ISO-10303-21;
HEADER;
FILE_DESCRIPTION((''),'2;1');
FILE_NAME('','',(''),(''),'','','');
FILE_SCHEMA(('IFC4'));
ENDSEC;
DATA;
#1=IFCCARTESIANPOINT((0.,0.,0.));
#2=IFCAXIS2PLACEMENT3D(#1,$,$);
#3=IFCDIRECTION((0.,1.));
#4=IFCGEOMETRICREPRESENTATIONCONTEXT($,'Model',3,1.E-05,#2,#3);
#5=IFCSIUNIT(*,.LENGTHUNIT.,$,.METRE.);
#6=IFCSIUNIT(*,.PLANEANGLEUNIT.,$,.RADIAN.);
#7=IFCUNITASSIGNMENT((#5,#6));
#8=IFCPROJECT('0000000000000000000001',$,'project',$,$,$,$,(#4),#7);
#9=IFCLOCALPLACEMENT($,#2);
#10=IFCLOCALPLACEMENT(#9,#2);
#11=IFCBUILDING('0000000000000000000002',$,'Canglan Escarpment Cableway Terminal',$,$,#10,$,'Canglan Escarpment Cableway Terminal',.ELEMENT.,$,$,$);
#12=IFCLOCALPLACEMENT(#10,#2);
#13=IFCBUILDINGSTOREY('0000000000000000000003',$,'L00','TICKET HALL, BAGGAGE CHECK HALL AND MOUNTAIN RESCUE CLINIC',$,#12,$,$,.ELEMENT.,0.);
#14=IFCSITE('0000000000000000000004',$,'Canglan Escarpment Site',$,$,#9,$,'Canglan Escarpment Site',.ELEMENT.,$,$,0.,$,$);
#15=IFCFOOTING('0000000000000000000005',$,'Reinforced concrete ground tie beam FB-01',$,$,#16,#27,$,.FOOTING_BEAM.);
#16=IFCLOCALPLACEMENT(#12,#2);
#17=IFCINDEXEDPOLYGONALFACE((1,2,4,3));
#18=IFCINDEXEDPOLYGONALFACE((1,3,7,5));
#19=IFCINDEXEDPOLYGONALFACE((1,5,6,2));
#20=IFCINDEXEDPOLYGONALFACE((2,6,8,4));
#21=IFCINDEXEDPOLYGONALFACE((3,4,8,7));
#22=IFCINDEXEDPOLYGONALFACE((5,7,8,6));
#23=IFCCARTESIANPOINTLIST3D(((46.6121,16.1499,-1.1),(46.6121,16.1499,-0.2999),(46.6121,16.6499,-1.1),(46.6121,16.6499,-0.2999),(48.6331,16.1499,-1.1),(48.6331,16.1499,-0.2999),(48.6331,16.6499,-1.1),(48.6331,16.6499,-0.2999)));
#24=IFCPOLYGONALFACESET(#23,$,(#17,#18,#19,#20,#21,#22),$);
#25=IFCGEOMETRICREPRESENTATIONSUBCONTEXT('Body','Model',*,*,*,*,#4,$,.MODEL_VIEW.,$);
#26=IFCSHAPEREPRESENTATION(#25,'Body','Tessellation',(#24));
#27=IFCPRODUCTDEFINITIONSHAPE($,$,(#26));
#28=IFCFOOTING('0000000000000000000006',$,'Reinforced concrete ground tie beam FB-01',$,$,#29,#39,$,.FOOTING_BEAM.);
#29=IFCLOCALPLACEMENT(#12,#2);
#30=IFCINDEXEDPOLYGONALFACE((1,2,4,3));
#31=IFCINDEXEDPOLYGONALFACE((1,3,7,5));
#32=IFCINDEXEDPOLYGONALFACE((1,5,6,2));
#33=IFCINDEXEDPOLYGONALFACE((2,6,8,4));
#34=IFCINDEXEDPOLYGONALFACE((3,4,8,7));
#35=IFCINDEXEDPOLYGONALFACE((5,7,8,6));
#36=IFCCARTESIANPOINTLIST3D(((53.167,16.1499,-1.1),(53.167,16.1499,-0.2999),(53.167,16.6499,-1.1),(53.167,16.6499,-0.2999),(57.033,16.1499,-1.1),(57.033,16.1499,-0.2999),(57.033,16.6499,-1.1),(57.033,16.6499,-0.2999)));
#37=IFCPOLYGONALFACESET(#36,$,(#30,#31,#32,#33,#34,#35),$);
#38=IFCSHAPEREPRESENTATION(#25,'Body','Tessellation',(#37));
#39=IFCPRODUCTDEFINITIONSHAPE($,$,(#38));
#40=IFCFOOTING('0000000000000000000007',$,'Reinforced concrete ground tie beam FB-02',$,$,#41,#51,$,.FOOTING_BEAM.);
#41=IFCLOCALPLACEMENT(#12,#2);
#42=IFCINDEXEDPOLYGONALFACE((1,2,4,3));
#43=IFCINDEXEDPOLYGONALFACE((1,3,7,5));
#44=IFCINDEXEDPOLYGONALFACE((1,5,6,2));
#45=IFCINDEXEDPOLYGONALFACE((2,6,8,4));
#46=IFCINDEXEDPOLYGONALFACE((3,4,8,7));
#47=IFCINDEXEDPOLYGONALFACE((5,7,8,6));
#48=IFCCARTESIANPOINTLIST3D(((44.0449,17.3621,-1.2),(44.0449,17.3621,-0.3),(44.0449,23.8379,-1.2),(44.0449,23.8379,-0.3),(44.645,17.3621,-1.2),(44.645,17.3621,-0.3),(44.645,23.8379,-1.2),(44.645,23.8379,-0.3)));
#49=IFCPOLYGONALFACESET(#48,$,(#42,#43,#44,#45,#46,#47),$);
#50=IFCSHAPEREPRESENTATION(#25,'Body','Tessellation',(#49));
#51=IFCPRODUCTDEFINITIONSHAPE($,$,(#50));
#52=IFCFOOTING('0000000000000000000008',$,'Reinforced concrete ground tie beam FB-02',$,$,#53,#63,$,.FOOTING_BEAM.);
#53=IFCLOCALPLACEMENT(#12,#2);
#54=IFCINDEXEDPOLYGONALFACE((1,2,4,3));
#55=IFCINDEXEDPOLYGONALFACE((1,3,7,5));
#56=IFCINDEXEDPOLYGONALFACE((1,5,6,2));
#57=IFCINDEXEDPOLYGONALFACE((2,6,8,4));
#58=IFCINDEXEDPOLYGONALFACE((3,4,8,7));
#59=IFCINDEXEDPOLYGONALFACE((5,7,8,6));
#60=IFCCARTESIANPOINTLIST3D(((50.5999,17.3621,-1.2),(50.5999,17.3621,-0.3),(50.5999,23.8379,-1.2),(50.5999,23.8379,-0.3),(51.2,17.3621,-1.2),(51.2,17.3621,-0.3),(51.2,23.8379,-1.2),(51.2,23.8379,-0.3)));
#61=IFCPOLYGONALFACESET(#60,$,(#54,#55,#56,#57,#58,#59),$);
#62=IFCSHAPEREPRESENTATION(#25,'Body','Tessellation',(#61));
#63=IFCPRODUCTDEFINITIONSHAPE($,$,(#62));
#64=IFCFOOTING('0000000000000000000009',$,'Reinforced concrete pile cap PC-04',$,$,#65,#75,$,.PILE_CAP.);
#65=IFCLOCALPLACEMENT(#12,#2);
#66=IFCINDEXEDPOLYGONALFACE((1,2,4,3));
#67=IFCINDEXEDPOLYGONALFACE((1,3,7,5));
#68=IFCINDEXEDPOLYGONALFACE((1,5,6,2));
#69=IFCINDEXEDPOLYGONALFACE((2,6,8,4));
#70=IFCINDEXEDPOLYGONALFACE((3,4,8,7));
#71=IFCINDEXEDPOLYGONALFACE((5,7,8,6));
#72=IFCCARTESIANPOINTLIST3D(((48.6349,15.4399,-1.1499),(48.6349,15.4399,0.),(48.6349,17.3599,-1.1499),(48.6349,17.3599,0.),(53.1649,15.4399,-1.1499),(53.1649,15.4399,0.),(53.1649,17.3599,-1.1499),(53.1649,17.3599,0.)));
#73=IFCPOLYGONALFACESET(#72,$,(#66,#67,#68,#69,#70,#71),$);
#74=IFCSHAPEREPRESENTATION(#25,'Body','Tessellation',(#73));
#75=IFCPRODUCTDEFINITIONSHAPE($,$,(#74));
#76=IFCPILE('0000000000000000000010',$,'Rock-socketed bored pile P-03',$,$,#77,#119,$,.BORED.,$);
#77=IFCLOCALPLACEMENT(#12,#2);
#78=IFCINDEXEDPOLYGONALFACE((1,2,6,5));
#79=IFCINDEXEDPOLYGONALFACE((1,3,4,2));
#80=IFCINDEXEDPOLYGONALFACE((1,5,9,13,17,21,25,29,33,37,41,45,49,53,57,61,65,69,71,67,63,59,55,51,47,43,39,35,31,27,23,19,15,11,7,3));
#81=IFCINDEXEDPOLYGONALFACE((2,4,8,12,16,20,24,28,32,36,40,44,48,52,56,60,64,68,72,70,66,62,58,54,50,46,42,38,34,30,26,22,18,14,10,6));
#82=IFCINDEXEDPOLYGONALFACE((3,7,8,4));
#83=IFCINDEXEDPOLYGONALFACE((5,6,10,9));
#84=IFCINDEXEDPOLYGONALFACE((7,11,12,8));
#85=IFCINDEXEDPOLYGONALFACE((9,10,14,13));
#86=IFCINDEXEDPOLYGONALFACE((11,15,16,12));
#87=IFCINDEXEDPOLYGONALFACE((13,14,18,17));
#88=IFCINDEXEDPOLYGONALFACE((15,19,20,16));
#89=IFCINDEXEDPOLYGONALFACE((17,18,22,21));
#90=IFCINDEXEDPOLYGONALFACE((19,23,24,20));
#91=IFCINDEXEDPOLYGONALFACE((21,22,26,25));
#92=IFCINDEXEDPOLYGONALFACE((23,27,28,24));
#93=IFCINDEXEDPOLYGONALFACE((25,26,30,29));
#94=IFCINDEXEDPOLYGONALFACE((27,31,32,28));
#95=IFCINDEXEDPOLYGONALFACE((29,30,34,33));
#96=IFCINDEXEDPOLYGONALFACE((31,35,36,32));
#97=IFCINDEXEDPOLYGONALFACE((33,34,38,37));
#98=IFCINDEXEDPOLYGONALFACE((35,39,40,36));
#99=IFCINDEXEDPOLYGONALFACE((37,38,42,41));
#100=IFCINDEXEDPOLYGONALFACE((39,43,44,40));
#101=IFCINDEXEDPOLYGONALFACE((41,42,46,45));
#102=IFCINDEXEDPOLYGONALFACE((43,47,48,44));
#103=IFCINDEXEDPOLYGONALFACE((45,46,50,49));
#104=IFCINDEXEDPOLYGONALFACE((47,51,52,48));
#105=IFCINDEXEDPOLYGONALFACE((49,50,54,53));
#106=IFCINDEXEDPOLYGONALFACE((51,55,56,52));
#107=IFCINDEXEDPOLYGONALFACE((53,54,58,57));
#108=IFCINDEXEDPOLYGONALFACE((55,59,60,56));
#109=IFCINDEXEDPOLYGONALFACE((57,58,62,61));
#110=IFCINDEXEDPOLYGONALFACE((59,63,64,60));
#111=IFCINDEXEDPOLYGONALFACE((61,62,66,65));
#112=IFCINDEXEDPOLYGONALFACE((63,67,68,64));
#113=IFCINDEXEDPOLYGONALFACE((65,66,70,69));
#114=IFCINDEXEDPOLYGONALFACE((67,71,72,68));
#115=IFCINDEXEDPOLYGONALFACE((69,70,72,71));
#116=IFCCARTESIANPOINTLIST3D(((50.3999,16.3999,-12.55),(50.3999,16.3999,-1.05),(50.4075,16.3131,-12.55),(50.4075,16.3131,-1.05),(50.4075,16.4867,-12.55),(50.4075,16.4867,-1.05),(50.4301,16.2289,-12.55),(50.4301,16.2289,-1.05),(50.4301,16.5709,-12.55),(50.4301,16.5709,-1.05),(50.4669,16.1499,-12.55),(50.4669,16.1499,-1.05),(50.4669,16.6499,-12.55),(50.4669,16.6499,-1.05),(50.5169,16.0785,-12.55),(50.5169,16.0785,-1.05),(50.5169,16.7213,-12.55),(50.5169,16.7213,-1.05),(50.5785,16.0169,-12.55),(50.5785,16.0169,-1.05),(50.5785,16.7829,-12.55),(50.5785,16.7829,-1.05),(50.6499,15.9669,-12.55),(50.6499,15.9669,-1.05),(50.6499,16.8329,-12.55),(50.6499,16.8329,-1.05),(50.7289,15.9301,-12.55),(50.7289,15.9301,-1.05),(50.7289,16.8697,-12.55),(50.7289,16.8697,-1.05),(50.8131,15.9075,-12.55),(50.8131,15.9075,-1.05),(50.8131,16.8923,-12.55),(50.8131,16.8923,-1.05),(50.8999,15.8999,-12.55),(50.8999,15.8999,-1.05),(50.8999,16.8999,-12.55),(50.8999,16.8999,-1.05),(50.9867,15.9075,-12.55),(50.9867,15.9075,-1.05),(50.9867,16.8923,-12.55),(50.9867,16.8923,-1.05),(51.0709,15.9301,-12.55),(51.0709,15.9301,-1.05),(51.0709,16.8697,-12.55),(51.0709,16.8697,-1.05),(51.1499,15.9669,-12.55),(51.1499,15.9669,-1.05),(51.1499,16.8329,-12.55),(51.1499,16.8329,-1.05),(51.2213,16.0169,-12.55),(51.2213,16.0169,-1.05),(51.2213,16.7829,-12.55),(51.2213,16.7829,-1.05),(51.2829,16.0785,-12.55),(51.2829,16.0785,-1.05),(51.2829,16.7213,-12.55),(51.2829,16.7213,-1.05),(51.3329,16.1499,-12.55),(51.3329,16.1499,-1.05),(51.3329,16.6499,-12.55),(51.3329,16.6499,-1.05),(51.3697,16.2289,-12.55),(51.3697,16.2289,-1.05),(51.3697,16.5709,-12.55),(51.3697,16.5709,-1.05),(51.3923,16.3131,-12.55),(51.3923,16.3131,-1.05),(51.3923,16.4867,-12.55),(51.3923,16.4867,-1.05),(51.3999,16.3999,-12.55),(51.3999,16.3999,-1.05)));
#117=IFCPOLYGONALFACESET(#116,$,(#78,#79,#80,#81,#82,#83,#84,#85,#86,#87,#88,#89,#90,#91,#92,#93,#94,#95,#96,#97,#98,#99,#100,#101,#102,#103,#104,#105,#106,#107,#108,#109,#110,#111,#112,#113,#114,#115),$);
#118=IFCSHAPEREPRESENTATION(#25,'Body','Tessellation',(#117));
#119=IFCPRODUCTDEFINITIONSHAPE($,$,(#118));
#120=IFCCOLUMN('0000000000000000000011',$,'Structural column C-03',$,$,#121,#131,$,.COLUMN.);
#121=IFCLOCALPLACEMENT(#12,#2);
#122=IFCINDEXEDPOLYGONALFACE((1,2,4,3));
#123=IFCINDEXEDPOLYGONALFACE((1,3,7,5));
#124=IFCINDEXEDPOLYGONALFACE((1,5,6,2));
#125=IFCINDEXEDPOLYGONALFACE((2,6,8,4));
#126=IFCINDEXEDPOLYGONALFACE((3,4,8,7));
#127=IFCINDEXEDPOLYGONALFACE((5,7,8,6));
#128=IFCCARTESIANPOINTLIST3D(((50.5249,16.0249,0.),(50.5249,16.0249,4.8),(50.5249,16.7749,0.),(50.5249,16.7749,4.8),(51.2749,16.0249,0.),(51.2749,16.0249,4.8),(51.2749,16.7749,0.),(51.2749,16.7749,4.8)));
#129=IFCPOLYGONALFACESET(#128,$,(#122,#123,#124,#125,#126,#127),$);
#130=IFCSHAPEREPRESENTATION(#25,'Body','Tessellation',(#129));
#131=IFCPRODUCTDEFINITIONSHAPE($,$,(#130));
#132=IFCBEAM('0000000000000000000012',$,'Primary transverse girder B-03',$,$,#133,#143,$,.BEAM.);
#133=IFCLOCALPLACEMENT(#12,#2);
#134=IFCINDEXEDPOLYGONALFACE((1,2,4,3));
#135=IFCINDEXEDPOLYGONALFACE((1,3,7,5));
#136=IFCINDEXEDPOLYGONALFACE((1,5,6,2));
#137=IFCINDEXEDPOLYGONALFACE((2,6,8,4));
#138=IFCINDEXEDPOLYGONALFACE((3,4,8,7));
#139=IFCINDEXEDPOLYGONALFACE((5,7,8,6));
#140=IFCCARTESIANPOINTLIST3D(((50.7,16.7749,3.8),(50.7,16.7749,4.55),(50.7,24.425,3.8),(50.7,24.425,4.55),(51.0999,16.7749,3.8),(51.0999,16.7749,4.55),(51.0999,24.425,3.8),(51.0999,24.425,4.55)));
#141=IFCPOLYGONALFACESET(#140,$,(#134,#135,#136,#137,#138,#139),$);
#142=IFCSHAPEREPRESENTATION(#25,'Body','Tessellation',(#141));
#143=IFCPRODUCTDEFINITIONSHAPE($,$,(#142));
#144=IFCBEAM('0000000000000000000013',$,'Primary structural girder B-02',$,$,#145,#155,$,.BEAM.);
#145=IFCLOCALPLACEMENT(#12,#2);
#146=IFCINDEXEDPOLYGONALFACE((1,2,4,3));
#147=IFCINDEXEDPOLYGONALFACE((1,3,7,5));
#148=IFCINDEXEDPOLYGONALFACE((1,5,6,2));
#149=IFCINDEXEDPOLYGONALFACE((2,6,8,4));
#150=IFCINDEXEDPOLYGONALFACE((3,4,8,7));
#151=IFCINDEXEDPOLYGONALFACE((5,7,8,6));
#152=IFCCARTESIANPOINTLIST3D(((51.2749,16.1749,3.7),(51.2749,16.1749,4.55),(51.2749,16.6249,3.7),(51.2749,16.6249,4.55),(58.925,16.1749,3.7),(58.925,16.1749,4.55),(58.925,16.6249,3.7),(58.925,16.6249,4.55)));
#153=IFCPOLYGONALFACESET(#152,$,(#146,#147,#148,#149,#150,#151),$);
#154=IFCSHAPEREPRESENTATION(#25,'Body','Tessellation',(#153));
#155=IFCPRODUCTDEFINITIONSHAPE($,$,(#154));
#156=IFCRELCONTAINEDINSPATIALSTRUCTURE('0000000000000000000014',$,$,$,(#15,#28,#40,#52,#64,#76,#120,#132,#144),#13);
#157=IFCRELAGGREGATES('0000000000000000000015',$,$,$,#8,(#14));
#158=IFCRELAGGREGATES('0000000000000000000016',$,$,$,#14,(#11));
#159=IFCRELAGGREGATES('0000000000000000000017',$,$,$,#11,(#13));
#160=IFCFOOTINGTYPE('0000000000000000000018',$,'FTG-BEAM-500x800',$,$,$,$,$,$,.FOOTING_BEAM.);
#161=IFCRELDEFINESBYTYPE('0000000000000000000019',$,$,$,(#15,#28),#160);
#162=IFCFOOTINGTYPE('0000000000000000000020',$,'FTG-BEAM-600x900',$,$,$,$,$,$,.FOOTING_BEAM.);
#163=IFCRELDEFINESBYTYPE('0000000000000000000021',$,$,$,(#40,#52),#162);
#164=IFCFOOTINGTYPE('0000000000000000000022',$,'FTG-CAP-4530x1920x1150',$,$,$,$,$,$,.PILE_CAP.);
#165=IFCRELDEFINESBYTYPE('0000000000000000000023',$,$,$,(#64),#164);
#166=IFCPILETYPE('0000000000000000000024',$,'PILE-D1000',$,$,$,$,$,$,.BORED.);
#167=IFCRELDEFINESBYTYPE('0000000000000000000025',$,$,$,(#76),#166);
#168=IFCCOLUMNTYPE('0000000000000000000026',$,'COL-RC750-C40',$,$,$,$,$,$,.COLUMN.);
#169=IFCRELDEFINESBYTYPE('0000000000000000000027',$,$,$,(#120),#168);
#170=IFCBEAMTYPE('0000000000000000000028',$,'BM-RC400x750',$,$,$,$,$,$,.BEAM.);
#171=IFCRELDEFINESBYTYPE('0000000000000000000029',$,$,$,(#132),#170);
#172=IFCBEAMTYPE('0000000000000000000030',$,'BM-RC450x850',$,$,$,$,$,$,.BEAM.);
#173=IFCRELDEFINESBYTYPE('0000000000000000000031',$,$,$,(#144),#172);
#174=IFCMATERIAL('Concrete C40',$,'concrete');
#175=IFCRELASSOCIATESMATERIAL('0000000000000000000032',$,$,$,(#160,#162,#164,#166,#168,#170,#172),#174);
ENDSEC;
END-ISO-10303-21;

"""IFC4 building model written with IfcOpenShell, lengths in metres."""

from ifc_helpers import new_model, si_unit, direction, frame, origin, origin_2d, place, context, subcontext, project, spatial, rectangle, circle, extrude, material, material_profile, profile_set, type_object, element, save


model = new_model("IFC4")

# Units and contexts
model_context = context("Model", 3, precision=1e-05, world=origin(), true_north=direction((0.0, 1.0)))
body_context = subcontext(model_context, "Body", "Model", "MODEL_VIEW")
ifc_project = project(units=[si_unit("LENGTHUNIT", "METRE"), si_unit("PLANEANGLEUNIT", "RADIAN")], contexts=[model_context])

# Site, building, storey
site_placement = place(None, origin())
site = spatial("IfcSite", under=ifc_project, at=site_placement, Name="Canglan Escarpment Site", LongName="Canglan Escarpment Site", CompositionType="ELEMENT", RefElevation=0.0)
building_placement = place(site_placement, origin())
building = spatial("IfcBuilding", under=site, at=building_placement, Name="Canglan Escarpment Cableway Terminal", LongName="Canglan Escarpment Cableway Terminal", CompositionType="ELEMENT")
storey_placement = place(building_placement, origin())
storey = spatial("IfcBuildingStorey", under=building, at=storey_placement, Name="L00", Description="TICKET HALL, BAGGAGE CHECK HALL AND MOUNTAIN RESCUE CLINIC", CompositionType="ELEMENT", Elevation=0.0)

# Footings
ifc_material_1 = material(Name="Concrete C40", Category="concrete")
ifc_material_profile_1 = material_profile(ifc_material_1, rectangle(XDim=0.5, YDim=0.8, at=origin_2d()), Name="FB 500x800")
ifc_profile_set_1 = profile_set([ifc_material_profile_1], Name="Concrete C40")
footing_type_1 = type_object("IfcFootingType", Name="FTG-BEAM-500x800", PredefinedType="FOOTING_BEAM", material=ifc_profile_set_1)
footing_1_placement = place(storey_placement, frame((46.6121, 16.3999, -0.7), z_axis=(1.0, 0.0, 0.0), x_axis=(0.0, 1.0, 0.0)))
element("IfcFooting", 1, at=footing_1_placement, inside=storey, type_object=footing_type_1, Name="Reinforced concrete ground tie beam FB-01", PredefinedType="FOOTING_BEAM", context=body_context, shape_type="SweptSolid", body=[
    extrude(rectangle(XDim=0.5, YDim=0.8, at=origin_2d()), origin(), (0.0, 0.0, 1.0), 2.021),
])
footing_2_placement = place(storey_placement, frame((53.167, 16.3999, -0.7), z_axis=(1.0, 0.0, 0.0), x_axis=(0.0, 1.0, 0.0)))
element("IfcFooting", 2, at=footing_2_placement, inside=storey, type_object=footing_type_1, Name="Reinforced concrete ground tie beam FB-01", PredefinedType="FOOTING_BEAM", context=body_context, shape_type="SweptSolid", body=[
    extrude(rectangle(XDim=0.5, YDim=0.8, at=origin_2d()), origin(), (0.0, 0.0, 1.0), 3.866),
])
ifc_material_profile_2 = material_profile(ifc_material_1, rectangle(XDim=0.6001, YDim=0.8999, at=origin_2d()), Name="FB 600x900")
ifc_profile_set_2 = profile_set([ifc_material_profile_2], Name="Concrete C40")
footing_type_2 = type_object("IfcFootingType", Name="FTG-BEAM-600x900", PredefinedType="FOOTING_BEAM", material=ifc_profile_set_2)
for number, where, z_axis, x_axis, name in (
    (3, (44.345, 17.3621, -0.75), (0.0, 1.0, 0.0), (-1.0, 0.0, 0.0), "Reinforced concrete ground tie beam FB-02"),
    (4, (50.8999, 17.3621, -0.75), (0.0, 1.0, 0.0), (-1.0, 0.0, 0.0), "Reinforced concrete ground tie beam FB-02"),
):
    element("IfcFooting", number, at=place(storey_placement, frame(where, z_axis=z_axis, x_axis=x_axis)), inside=storey, type_object=footing_type_2, Name=name, PredefinedType="FOOTING_BEAM", context=body_context, shape_type="SweptSolid", body=[
        extrude(rectangle(XDim=0.6001, YDim=0.8999, at=origin_2d()), origin(), (0.0, 0.0, 1.0), 6.4758),
    ])
footing_type_3 = type_object("IfcFootingType", Name="FTG-CAP-4530x1920x1150", PredefinedType="PILE_CAP", material=ifc_material_1)
footing_3_placement = place(storey_placement, frame((50.8999, 16.3999, -1.1499), z_axis=(0.0, 0.0, 1.0), x_axis=(1.0, 0.0, 0.0)))
element("IfcFooting", 5, at=footing_3_placement, inside=storey, type_object=footing_type_3, Name="Reinforced concrete pile cap PC-04", PredefinedType="PILE_CAP", context=body_context, shape_type="SweptSolid", body=[
    extrude(rectangle(XDim=4.53, YDim=1.9199, at=origin_2d()), origin(), (0.0, 0.0, 1.0), 1.1499),
])

# Pile
ifc_material_profile_3 = material_profile(ifc_material_1, circle(Radius=0.5, at=origin_2d()), Name="BORED PILE D1000")
ifc_profile_set_3 = profile_set([ifc_material_profile_3], Name="Concrete C40")
pile_type = type_object("IfcPileType", Name="PILE-D1000", PredefinedType="BORED", material=ifc_profile_set_3)
pile_placement = place(storey_placement, frame((50.8999, 16.3999, -1.05), z_axis=(0.0, 0.0, -1.0), x_axis=(1.0, 0.0, 0.0)))
element("IfcPile", 6, at=pile_placement, inside=storey, type_object=pile_type, Name="Rock-socketed bored pile P-03", PredefinedType="BORED", context=body_context, shape_type="SweptSolid", body=[
    extrude(circle(Radius=0.5, at=origin_2d()), origin(), (0.0, 0.0, 1.0), 11.5),
])

# Column
ifc_material_profile_4 = material_profile(ifc_material_1, rectangle(XDim=0.75, YDim=0.75, at=origin_2d()), Name="RC 750x750")
ifc_profile_set_4 = profile_set([ifc_material_profile_4], Name="Concrete C40")
column_type = type_object("IfcColumnType", Name="COL-RC750-C40", PredefinedType="COLUMN", material=ifc_profile_set_4)
column_placement = place(storey_placement, frame((50.8999, 16.3999, 0.0), z_axis=(0.0, 0.0, 1.0), x_axis=(1.0, 0.0, 0.0)))
element("IfcColumn", 7, at=column_placement, inside=storey, type_object=column_type, Name="Structural column C-03", PredefinedType="COLUMN", context=body_context, shape_type="SweptSolid", body=[
    extrude(rectangle(XDim=0.75, YDim=0.75, at=origin_2d()), origin(), (0.0, 0.0, 1.0), 4.8),
])

# Beams
ifc_material_profile_5 = material_profile(ifc_material_1, rectangle(XDim=0.3999, YDim=0.75, at=origin_2d()), Name="RC 400x750")
ifc_profile_set_5 = profile_set([ifc_material_profile_5], Name="Concrete C40")
beam_type_1 = type_object("IfcBeamType", Name="BM-RC400x750", PredefinedType="BEAM", material=ifc_profile_set_5)
beam_1_placement = place(storey_placement, frame((50.8999, 16.7749, 4.175), z_axis=(0.0, 1.0, 0.0), x_axis=(-1.0, 0.0, 0.0)))
element("IfcBeam", 8, at=beam_1_placement, inside=storey, type_object=beam_type_1, Name="Primary transverse girder B-03", PredefinedType="BEAM", context=body_context, shape_type="SweptSolid", body=[
    extrude(rectangle(XDim=0.3999, YDim=0.75, at=origin_2d()), origin(), (0.0, 0.0, 1.0), 7.6501),
])
ifc_material_profile_6 = material_profile(ifc_material_1, rectangle(XDim=0.45, YDim=0.8501, at=origin_2d()), Name="RC 450x850")
ifc_profile_set_6 = profile_set([ifc_material_profile_6], Name="Concrete C40")
beam_type_2 = type_object("IfcBeamType", Name="BM-RC450x850", PredefinedType="BEAM", material=ifc_profile_set_6)
beam_2_placement = place(storey_placement, frame((51.2749, 16.3999, 4.125), z_axis=(1.0, 0.0, 0.0), x_axis=(0.0, 1.0, 0.0)))
element("IfcBeam", 9, at=beam_2_placement, inside=storey, type_object=beam_type_2, Name="Primary structural girder B-02", PredefinedType="BEAM", context=body_context, shape_type="SweptSolid", body=[
    extrude(rectangle(XDim=0.45, YDim=0.8501, at=origin_2d()), origin(), (0.0, 0.0, 1.0), 7.6501),
])

save(model, "model.ifc")
